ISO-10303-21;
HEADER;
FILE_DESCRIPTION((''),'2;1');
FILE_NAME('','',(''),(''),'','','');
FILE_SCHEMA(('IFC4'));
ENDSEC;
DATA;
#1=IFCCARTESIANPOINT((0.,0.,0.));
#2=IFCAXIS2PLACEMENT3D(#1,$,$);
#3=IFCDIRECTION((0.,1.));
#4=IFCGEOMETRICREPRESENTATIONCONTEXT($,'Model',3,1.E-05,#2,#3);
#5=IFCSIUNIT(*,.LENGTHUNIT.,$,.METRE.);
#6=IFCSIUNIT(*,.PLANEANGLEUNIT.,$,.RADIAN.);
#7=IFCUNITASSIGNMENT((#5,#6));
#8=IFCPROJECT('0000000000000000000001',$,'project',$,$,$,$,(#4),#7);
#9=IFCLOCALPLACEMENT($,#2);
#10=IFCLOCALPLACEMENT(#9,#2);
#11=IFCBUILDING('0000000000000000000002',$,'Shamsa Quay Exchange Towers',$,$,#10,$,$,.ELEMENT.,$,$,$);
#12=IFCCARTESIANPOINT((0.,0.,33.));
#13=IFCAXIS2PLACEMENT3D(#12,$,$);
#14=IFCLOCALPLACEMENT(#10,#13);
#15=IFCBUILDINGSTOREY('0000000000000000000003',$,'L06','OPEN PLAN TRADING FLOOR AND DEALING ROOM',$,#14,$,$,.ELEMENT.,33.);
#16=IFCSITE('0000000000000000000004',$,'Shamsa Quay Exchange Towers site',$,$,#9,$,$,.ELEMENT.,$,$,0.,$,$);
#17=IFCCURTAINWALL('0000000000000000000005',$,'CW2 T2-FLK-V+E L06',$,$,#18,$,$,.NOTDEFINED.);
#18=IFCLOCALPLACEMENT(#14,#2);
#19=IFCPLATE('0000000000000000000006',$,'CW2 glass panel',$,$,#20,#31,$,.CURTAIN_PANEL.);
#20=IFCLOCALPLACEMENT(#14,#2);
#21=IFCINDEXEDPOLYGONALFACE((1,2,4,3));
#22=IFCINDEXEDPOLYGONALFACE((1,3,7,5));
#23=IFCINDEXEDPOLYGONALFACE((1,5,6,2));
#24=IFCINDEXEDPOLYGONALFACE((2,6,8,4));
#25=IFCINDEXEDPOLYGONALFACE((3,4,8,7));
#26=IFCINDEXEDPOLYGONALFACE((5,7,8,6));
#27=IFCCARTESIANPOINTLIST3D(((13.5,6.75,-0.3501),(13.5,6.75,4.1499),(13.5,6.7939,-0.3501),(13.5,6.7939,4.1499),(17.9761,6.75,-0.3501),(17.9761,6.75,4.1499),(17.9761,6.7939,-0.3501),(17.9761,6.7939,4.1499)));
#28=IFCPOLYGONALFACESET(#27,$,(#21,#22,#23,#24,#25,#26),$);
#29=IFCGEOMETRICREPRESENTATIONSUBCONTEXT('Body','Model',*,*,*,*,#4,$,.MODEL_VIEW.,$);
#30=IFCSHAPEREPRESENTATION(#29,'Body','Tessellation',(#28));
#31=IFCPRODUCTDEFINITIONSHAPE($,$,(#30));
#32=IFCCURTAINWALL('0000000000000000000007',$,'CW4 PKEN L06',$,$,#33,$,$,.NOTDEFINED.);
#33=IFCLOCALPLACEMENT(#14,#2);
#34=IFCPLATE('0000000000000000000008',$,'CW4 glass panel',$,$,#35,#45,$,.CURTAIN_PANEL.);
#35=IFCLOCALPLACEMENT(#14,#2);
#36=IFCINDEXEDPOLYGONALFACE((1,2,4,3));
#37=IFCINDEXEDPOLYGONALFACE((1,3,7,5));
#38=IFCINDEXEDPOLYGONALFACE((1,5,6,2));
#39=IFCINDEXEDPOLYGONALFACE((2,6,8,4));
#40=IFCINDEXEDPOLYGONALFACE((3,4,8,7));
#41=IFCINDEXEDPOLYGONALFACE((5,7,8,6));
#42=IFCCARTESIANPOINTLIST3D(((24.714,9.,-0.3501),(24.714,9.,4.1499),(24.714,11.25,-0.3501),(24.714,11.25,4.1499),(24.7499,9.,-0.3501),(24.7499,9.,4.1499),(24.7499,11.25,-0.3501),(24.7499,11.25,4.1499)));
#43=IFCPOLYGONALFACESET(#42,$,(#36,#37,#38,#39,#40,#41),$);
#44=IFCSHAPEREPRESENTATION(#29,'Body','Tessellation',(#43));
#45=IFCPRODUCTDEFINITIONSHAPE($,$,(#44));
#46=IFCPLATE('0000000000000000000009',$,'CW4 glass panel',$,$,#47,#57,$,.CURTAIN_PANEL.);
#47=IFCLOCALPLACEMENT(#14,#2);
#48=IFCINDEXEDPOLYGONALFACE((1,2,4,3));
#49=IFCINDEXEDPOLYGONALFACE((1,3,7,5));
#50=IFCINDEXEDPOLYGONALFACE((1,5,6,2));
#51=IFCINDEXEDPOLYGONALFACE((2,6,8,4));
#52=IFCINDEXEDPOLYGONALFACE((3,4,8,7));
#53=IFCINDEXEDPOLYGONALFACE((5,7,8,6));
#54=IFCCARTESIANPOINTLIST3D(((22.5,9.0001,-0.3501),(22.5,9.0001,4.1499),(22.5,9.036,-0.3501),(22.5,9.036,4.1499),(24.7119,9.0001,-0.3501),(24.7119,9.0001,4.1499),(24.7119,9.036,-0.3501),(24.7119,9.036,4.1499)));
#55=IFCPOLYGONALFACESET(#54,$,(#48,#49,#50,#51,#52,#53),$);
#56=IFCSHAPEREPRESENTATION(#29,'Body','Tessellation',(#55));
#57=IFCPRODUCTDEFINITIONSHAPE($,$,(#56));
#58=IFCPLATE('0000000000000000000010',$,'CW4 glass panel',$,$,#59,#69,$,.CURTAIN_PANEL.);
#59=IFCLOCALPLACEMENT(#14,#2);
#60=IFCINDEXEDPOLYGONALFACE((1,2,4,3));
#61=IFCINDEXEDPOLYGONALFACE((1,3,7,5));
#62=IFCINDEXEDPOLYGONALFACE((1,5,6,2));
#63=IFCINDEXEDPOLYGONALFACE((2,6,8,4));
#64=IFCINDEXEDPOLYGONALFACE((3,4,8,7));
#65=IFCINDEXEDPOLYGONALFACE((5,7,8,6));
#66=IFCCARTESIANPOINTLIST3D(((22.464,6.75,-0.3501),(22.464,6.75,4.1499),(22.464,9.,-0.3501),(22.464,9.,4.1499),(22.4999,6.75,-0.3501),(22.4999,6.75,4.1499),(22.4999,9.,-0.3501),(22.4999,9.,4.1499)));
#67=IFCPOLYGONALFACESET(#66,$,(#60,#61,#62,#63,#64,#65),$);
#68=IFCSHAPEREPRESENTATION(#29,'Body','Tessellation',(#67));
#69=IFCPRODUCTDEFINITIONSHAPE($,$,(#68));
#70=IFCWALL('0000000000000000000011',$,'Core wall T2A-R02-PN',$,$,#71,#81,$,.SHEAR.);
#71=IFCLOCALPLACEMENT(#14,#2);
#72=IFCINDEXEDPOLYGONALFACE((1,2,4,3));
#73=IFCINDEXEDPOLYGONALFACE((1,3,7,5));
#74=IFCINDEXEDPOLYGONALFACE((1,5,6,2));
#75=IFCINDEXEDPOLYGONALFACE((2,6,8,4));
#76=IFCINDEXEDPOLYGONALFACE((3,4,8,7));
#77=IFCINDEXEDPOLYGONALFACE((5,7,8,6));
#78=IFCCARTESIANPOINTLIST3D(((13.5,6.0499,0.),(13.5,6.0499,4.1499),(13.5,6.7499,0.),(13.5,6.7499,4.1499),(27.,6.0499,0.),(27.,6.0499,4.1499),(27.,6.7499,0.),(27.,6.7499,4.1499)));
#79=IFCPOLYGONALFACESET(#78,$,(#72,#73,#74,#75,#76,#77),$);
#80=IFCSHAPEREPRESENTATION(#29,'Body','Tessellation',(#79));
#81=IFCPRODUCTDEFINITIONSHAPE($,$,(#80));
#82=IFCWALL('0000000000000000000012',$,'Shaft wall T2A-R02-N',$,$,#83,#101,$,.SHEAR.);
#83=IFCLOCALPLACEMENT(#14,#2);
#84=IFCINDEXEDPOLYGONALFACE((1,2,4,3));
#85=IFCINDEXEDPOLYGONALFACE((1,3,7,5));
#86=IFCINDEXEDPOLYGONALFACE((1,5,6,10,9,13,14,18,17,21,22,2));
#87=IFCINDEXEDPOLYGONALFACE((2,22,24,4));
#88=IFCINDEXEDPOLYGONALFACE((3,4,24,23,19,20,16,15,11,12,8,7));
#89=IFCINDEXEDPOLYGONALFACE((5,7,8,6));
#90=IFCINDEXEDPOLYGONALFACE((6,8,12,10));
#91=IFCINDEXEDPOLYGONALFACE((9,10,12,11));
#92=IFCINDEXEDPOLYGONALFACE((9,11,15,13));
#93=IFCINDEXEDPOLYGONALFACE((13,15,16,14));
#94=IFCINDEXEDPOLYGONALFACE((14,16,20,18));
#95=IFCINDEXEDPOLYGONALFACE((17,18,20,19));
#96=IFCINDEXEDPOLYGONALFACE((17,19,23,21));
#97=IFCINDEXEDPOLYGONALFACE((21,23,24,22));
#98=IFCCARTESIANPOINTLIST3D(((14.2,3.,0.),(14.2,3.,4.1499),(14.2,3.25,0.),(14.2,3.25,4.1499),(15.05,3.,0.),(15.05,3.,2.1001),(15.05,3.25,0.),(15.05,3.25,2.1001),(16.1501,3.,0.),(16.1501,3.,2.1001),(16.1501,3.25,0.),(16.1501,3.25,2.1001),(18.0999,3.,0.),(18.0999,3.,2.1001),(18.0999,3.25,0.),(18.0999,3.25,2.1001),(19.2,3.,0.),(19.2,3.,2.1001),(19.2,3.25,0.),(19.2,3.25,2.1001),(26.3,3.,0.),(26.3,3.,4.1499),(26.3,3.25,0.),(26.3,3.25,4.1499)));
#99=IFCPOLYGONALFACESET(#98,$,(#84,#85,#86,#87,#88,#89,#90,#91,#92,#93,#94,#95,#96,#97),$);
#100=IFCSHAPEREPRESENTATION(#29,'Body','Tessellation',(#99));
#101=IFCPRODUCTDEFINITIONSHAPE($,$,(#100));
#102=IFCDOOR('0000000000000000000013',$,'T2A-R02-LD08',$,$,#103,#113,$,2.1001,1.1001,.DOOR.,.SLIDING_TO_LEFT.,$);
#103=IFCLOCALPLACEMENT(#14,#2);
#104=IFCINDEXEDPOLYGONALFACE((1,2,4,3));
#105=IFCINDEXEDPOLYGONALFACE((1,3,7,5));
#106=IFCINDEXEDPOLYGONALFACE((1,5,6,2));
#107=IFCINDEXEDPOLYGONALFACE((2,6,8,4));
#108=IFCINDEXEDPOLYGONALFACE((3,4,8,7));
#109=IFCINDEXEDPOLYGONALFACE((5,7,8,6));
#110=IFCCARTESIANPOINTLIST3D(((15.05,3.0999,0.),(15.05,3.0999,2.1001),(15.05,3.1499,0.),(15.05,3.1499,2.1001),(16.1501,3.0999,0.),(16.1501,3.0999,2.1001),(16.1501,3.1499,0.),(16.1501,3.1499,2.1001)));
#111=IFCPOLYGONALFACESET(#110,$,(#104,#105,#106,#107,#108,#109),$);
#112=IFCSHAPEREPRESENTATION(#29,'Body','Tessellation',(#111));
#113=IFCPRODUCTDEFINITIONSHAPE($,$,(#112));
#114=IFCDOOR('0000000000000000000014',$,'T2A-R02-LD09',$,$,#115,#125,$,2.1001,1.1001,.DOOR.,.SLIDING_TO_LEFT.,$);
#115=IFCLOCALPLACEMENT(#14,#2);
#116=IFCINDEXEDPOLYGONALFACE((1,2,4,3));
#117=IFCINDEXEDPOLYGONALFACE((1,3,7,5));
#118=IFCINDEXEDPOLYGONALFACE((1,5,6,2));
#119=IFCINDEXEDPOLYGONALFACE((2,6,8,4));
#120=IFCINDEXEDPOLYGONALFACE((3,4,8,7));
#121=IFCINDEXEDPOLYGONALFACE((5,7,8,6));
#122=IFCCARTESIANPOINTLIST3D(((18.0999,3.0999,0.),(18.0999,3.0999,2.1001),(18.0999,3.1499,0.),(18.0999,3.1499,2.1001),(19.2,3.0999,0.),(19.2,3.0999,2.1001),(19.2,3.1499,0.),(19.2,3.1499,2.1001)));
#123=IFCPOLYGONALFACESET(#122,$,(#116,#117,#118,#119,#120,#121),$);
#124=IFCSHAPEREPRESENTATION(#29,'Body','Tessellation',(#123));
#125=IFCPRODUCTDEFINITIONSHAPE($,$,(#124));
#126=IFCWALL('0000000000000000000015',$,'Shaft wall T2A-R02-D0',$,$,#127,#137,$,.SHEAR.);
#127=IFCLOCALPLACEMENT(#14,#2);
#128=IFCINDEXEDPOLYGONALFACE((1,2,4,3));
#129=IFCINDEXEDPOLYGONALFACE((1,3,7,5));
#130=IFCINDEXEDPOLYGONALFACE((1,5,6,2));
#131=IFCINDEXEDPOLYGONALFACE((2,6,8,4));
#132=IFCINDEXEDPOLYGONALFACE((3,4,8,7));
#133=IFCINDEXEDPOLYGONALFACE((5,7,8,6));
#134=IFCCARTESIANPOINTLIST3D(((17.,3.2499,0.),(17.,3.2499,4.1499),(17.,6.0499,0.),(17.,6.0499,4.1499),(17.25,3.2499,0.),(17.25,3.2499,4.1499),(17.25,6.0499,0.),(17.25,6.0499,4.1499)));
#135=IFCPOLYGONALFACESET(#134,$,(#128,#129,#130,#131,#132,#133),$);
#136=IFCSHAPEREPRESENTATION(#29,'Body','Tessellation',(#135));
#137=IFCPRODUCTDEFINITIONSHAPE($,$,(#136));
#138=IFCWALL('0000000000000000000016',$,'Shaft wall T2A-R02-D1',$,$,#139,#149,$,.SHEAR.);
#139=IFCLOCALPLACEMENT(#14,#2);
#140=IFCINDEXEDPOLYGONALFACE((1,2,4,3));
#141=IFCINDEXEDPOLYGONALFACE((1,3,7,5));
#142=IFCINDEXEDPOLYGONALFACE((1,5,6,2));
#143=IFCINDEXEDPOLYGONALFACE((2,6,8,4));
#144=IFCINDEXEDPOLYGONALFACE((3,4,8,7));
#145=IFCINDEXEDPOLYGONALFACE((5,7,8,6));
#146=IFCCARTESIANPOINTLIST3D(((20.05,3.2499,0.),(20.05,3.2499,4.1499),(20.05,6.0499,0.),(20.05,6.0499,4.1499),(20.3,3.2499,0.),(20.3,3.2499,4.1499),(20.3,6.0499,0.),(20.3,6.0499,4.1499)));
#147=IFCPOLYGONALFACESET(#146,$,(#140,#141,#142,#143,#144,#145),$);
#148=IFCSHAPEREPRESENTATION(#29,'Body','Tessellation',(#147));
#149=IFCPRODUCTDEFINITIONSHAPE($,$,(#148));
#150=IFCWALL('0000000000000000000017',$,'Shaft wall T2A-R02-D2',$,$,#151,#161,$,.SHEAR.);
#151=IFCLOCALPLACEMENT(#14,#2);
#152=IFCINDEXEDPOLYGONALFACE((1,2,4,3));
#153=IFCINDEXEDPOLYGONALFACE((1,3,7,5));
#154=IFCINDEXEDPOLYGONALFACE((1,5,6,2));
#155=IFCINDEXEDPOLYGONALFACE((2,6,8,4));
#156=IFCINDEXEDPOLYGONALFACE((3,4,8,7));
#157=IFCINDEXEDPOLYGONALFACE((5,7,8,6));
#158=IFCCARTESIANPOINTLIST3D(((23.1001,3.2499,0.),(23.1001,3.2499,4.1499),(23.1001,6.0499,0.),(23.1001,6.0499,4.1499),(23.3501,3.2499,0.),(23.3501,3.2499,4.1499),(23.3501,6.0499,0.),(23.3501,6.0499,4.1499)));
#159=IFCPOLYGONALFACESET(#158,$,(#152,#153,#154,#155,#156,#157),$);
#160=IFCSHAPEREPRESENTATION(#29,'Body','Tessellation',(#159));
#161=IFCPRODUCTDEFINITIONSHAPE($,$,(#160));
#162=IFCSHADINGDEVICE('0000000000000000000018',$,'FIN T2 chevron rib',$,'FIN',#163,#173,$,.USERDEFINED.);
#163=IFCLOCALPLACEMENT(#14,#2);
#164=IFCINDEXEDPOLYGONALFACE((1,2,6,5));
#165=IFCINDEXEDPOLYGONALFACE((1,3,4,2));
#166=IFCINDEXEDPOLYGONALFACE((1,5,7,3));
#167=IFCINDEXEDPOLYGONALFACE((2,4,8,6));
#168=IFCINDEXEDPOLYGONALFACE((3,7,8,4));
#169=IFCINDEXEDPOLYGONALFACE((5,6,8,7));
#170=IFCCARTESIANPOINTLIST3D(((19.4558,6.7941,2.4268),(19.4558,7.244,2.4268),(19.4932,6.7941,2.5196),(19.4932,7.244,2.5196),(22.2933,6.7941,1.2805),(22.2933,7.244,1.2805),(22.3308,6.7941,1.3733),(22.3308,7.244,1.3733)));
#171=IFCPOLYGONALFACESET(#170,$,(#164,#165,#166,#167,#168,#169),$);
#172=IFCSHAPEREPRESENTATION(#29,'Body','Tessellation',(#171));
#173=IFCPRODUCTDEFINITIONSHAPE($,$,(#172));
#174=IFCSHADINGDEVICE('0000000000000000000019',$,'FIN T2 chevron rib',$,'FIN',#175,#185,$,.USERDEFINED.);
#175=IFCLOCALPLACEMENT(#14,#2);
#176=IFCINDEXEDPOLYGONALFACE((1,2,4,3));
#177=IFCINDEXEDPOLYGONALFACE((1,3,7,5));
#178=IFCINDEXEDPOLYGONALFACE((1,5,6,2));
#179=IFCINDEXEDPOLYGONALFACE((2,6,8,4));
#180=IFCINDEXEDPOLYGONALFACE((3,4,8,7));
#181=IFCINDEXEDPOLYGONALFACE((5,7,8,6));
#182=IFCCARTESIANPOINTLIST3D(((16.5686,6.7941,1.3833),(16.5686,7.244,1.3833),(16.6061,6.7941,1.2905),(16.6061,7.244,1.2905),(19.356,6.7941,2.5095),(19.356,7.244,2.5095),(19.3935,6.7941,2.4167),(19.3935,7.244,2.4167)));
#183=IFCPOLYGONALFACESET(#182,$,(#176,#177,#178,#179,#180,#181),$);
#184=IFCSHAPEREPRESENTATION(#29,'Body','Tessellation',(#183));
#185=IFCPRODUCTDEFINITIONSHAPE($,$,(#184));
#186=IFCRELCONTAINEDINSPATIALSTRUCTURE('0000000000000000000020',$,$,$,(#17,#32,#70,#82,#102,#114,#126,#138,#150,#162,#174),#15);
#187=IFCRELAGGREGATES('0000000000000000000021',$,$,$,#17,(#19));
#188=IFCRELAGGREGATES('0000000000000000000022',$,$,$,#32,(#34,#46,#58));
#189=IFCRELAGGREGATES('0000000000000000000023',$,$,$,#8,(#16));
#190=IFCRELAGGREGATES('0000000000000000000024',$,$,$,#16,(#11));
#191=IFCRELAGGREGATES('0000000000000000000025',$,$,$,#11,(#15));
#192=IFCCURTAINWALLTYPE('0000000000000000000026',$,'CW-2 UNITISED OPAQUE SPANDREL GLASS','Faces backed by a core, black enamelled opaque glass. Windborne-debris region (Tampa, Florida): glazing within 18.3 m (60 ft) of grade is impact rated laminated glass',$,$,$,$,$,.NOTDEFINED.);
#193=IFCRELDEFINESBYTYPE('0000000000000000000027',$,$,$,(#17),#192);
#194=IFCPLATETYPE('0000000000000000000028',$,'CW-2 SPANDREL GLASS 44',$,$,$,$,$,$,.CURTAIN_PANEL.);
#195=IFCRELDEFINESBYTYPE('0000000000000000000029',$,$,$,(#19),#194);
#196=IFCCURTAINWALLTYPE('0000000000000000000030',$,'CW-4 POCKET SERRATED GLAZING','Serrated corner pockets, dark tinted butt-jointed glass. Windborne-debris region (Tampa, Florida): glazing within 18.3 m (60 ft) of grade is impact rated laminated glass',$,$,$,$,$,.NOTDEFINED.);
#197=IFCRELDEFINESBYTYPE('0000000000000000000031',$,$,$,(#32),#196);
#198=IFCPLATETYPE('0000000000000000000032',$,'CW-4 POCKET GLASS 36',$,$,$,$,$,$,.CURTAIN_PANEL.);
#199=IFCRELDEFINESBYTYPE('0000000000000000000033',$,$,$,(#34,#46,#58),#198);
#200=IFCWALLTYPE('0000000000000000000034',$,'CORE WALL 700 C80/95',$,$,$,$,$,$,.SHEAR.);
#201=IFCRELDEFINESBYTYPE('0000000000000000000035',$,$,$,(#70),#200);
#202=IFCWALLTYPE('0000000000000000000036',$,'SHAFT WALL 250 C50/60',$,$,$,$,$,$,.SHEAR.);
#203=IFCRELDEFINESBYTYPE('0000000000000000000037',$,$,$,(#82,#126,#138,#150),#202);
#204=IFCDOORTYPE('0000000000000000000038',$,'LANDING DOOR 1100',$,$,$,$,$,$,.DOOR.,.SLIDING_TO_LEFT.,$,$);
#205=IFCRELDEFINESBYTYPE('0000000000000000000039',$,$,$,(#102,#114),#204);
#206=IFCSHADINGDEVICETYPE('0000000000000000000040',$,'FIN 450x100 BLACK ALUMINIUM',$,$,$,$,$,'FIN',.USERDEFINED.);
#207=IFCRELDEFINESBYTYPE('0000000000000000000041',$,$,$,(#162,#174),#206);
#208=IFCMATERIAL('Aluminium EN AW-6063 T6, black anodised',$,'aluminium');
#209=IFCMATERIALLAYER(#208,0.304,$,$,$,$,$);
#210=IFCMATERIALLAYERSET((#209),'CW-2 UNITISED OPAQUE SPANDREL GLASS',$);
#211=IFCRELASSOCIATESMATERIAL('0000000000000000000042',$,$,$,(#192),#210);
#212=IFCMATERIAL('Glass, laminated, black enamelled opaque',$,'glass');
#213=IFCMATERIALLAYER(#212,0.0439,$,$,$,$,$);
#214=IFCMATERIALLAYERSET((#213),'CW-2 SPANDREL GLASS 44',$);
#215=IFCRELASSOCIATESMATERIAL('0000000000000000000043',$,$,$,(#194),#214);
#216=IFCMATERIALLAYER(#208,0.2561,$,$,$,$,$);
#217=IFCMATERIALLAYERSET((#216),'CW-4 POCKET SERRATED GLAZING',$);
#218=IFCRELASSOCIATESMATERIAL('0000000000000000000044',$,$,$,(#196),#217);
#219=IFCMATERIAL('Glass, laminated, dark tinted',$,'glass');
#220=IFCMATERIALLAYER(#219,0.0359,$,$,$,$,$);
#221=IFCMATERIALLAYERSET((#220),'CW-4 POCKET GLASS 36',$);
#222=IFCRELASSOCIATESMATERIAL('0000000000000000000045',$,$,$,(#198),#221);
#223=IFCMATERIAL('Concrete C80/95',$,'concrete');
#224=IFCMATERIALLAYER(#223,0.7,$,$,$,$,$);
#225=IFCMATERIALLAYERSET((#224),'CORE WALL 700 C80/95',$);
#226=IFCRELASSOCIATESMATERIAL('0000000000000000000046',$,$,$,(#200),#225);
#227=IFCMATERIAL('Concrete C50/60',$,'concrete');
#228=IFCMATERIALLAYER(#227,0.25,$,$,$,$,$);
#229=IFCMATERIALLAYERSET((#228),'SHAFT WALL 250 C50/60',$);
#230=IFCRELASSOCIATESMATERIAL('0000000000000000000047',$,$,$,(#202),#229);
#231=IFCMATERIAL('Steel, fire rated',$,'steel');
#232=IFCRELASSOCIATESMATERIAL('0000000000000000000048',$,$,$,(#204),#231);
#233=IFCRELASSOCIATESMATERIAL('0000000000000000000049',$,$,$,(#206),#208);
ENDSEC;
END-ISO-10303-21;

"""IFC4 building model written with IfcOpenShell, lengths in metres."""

from ifc_helpers import new_model, si_unit, direction, frame, frame_2d, origin, origin_2d, place, context, subcontext, project, spatial, rectangle, extrude, material, layer, layer_set, material_profile, profile_set, type_object, element, fill, aggregate, save


model = new_model("IFC4")

# Units and contexts
model_context = context("Model", 3, precision=1e-05, world=origin(), true_north=direction((0.0, 1.0)))
body_context = subcontext(model_context, "Body", "Model", "MODEL_VIEW")
ifc_project = project(units=[si_unit("LENGTHUNIT", "METRE"), si_unit("PLANEANGLEUNIT", "RADIAN")], contexts=[model_context])

# Site, building, storey
site_placement = place(None, origin())
site = spatial("IfcSite", under=ifc_project, at=site_placement, Name="Shamsa Quay Exchange Towers site", CompositionType="ELEMENT", RefElevation=0.0)
building_placement = place(site_placement, origin())
building = spatial("IfcBuilding", under=site, at=building_placement, Name="Shamsa Quay Exchange Towers", CompositionType="ELEMENT")
storey_placement = place(building_placement, frame((0.0, 0.0, 33.0)))
storey = spatial("IfcBuildingStorey", under=building, at=storey_placement, Name="L06", Description="OPEN PLAN TRADING FLOOR AND DEALING ROOM", CompositionType="ELEMENT", Elevation=33.0)

# Shared definitions
ifc_material_1 = material(Name="Aluminium EN AW-6063 T6, black anodised", Category="aluminium")

# Shared definitions
ifc_material_2 = material(Name="Concrete C50/60", Category="concrete")

# Shared definitions
ifc_material_3 = material(Name="Glass, laminated, dark tinted", Category="glass")

# Curtain walls, plates
ifc_layer_1 = layer(ifc_material_1, 0.304)
ifc_layer_set_1 = layer_set([ifc_layer_1], Name="CW-2 UNITISED OPAQUE SPANDREL GLASS")
curtain_wall_type_1 = type_object("IfcCurtainWallType", Name="CW-2 UNITISED OPAQUE SPANDREL GLASS", Description="Faces backed by a core, black enamelled opaque glass. Windborne-debris region (Tampa, Florida): glazing within 18.3 m (60 ft) of grade is impact rated laminated glass", PredefinedType="NOTDEFINED", material=ifc_layer_set_1)
curtain_wall_1_placement = place(storey_placement, origin())
curtain_wall_1 = element("IfcCurtainWall", 1, at=curtain_wall_1_placement, inside=storey, type_object=curtain_wall_type_1, Name="CW2 T2-FLK-V+E L06", PredefinedType="NOTDEFINED")
ifc_material_4 = material(Name="Glass, laminated, black enamelled opaque", Category="glass")
ifc_layer_2 = layer(ifc_material_4, 0.0439)
ifc_layer_set_2 = layer_set([ifc_layer_2], Name="CW-2 SPANDREL GLASS 44")
plate_type_1 = type_object("IfcPlateType", Name="CW-2 SPANDREL GLASS 44", PredefinedType="CURTAIN_PANEL", material=ifc_layer_set_2)
plate_1_placement = place(storey_placement, frame((15.738, 6.772, -0.3501), z_axis=(0.0, 0.0, 1.0), x_axis=(-1.0, 0.0, 0.0)))
plate_1 = element("IfcPlate", 2, at=plate_1_placement, type_object=plate_type_1, Name="CW2 glass panel", PredefinedType="CURTAIN_PANEL", context=body_context, shape_type="SweptSolid", body=[
    extrude(rectangle(XDim=4.4761, YDim=0.0439, at=origin_2d()), origin(), (0.0, 0.0, 1.0), 4.5),
])
aggregate(curtain_wall_1, [plate_1])
ifc_layer_3 = layer(ifc_material_1, 0.2561)
ifc_layer_set_3 = layer_set([ifc_layer_3], Name="CW-4 POCKET SERRATED GLAZING")
curtain_wall_type_2 = type_object("IfcCurtainWallType", Name="CW-4 POCKET SERRATED GLAZING", Description="Serrated corner pockets, dark tinted butt-jointed glass. Windborne-debris region (Tampa, Florida): glazing within 18.3 m (60 ft) of grade is impact rated laminated glass", PredefinedType="NOTDEFINED", material=ifc_layer_set_3)
curtain_wall_2_placement = place(storey_placement, origin())
curtain_wall_2 = element("IfcCurtainWall", 3, at=curtain_wall_2_placement, inside=storey, type_object=curtain_wall_type_2, Name="CW4 PKEN L06", PredefinedType="NOTDEFINED")
ifc_layer_4 = layer(ifc_material_3, 0.0359)
ifc_layer_set_4 = layer_set([ifc_layer_4], Name="CW-4 POCKET GLASS 36")
plate_type_2 = type_object("IfcPlateType", Name="CW-4 POCKET GLASS 36", PredefinedType="CURTAIN_PANEL", material=ifc_layer_set_4)
plate_2_placement = place(storey_placement, frame((24.7319, 10.125, -0.3501), z_axis=(0.0, 0.0, 1.0), x_axis=(0.0, -1.0, 0.0)))
plate_2 = element("IfcPlate", 4, at=plate_2_placement, type_object=plate_type_2, Name="CW4 glass panel", PredefinedType="CURTAIN_PANEL", context=body_context, shape_type="SweptSolid", body=[
    extrude(rectangle(XDim=2.25, YDim=0.0359, at=origin_2d()), origin(), (0.0, 0.0, 1.0), 4.5),
])
plate_3_placement = place(storey_placement, frame((23.606, 9.0181, -0.3501), z_axis=(0.0, 0.0, 1.0), x_axis=(-1.0, 0.0, 0.0)))
plate_3 = element("IfcPlate", 5, at=plate_3_placement, type_object=plate_type_2, Name="CW4 glass panel", PredefinedType="CURTAIN_PANEL", context=body_context, shape_type="SweptSolid", body=[
    extrude(rectangle(XDim=2.2119, YDim=0.0359, at=origin_2d()), origin(), (0.0, 0.0, 1.0), 4.5),
])
plate_4_placement = place(storey_placement, frame((22.4819, 7.875, -0.3501), z_axis=(0.0, 0.0, 1.0), x_axis=(0.0, -1.0, 0.0)))
plate_4 = element("IfcPlate", 6, at=plate_4_placement, type_object=plate_type_2, Name="CW4 glass panel", PredefinedType="CURTAIN_PANEL", context=body_context, shape_type="SweptSolid", body=[
    extrude(rectangle(XDim=2.25, YDim=0.0359, at=origin_2d()), origin(), (0.0, 0.0, 1.0), 4.5),
])
aggregate(curtain_wall_2, [plate_2, plate_3, plate_4])

# Wall
ifc_material_5 = material(Name="Concrete C80/95", Category="concrete")
ifc_layer_5 = layer(ifc_material_5, 0.7)
ifc_layer_set_5 = layer_set([ifc_layer_5], Name="CORE WALL 700 C80/95")
wall_type_1 = type_object("IfcWallType", Name="CORE WALL 700 C80/95", PredefinedType="SHEAR", material=ifc_layer_set_5)
wall_1_placement = place(storey_placement, frame((13.5, 6.3999, 0.0)))
element("IfcWall", 7, at=wall_1_placement, inside=storey, type_object=wall_type_1, Name="Core wall T2A-R02-PN", PredefinedType="SHEAR", context=body_context, shape_type="SweptSolid", body=[
    extrude(rectangle(XDim=13.5, YDim=0.7, at=frame_2d((6.75, 0.0))), origin(), (0.0, 0.0, 1.0), 4.1499),
])

# Shared definitions
ifc_material_6 = material(Name="Steel, fire rated", Category="steel")

# Wall, openings, doors
ifc_layer_6 = layer(ifc_material_2, 0.25)
ifc_layer_set_6 = layer_set([ifc_layer_6], Name="SHAFT WALL 250 C50/60")
wall_type_2 = type_object("IfcWallType", Name="SHAFT WALL 250 C50/60", PredefinedType="SHEAR", material=ifc_layer_set_6)
wall_2_placement = place(storey_placement, frame((14.2, 3.125, 0.0)))
wall_2 = element("IfcWall", 8, at=wall_2_placement, inside=storey, type_object=wall_type_2, Name="Shaft wall T2A-R02-N", PredefinedType="SHEAR", context=body_context, shape_type="SweptSolid", body=[
    extrude(rectangle(XDim=12.1001, YDim=0.25, at=frame_2d((6.05, 0.0))), origin(), (0.0, 0.0, 1.0), 4.1499),
])
opening_1_placement = place(wall_2_placement, frame((0.8501, 0.0, 0.0)))
opening_1 = element("IfcOpeningElement", 9, at=opening_1_placement, cuts=wall_2, PredefinedType="OPENING", context=body_context, shape_type="SweptSolid", body=[
    extrude(rectangle(XDim=1.1001, YDim=2.1001, at=frame_2d((0.55, 1.05))), frame((0.0, 0.135, 0.0), z_axis=(0.0, -1.0, 0.0), x_axis=(1.0, 0.0, 0.0)), (0.0, 0.0, 1.0), 0.27),
])
opening_2_placement = place(wall_2_placement, frame((3.8999, 0.0, 0.0)))
opening_2 = element("IfcOpeningElement", 10, at=opening_2_placement, cuts=wall_2, PredefinedType="OPENING", context=body_context, shape_type="SweptSolid", body=[
    extrude(rectangle(XDim=1.1001, YDim=2.1001, at=frame_2d((0.55, 1.05))), frame((0.0, 0.135, 0.0), z_axis=(0.0, -1.0, 0.0), x_axis=(1.0, 0.0, 0.0)), (0.0, 0.0, 1.0), 0.27),
])
door_type_1 = type_object("IfcDoorType", Name="LANDING DOOR 1100", OperationType="SLIDING_TO_LEFT", PredefinedType="DOOR", material=ifc_material_6)
door_1_placement = place(opening_1_placement, origin())
door_1 = element("IfcDoor", 11, at=door_1_placement, inside=storey, type_object=door_type_1, Name="T2A-R02-LD08", OperationType="SLIDING_TO_LEFT", OverallHeight=2.1001, OverallWidth=1.1001, PredefinedType="DOOR", context=body_context, shape_type="SweptSolid", body=[
    extrude(rectangle(XDim=1.1001, YDim=2.1001, at=frame_2d((0.55, 1.05))), frame((0.0, 0.0249, 0.0), z_axis=(0.0, -1.0, 0.0), x_axis=(1.0, 0.0, 0.0)), (0.0, 0.0, 1.0), 0.05),
])
fill(opening_1, door_1)
door_2_placement = place(opening_2_placement, origin())
door_2 = element("IfcDoor", 12, at=door_2_placement, inside=storey, type_object=door_type_1, Name="T2A-R02-LD09", OperationType="SLIDING_TO_LEFT", OverallHeight=2.1001, OverallWidth=1.1001, PredefinedType="DOOR", context=body_context, shape_type="SweptSolid", body=[
    extrude(rectangle(XDim=1.1001, YDim=2.1001, at=frame_2d((0.55, 1.05))), frame((0.0, 0.0249, 0.0), z_axis=(0.0, -1.0, 0.0), x_axis=(1.0, 0.0, 0.0)), (0.0, 0.0, 1.0), 0.05),
])
fill(opening_2, door_2)

# Walls
for number, where, z_axis, x_axis, name in (
    (13, (17.125, 3.25, 0.0), (0.0, 0.0, 1.0), (0.0, 1.0, 0.0), "Shaft wall T2A-R02-D0"),
    (14, (20.175, 3.25, 0.0), (0.0, 0.0, 1.0), (0.0, 1.0, 0.0), "Shaft wall T2A-R02-D1"),
    (15, (23.2251, 3.25, 0.0), (0.0, 0.0, 1.0), (0.0, 1.0, 0.0), "Shaft wall T2A-R02-D2"),
):
    element("IfcWall", number, at=place(storey_placement, frame(where, z_axis=z_axis, x_axis=x_axis)), inside=storey, type_object=wall_type_2, Name=name, PredefinedType="SHEAR", context=body_context, shape_type="SweptSolid", body=[
        extrude(rectangle(XDim=2.8, YDim=0.25, at=frame_2d((1.3999, 0.0))), origin(), (0.0, 0.0, 1.0), 4.1499),
    ])

# Shading devices
ifc_material_profile_1 = material_profile(ifc_material_1, rectangle(XDim=0.45, YDim=0.1001, at=origin_2d()), Name="FIN450x100")
ifc_profile_set_1 = profile_set([ifc_material_profile_1], Name="Aluminium EN AW-6063 T6, black anodised")
shading_device_type = type_object("IfcShadingDeviceType", Name="FIN 450x100 BLACK ALUMINIUM", ElementType="FIN", PredefinedType="USERDEFINED", material=ifc_profile_set_1)
shading_device_1_placement = place(storey_placement, frame((22.312, 7.019, 1.3269), z_axis=(-0.9272, 0.0, 0.374566), x_axis=(0.0, -1.0, 0.0)))
element("IfcShadingDevice", 16, at=shading_device_1_placement, inside=storey, type_object=shading_device_type, Name="FIN T2 chevron rib", ObjectType="FIN", PredefinedType="USERDEFINED", context=body_context, shape_type="SweptSolid", body=[
    extrude(rectangle(XDim=0.45, YDim=0.1001, at=origin_2d()), origin(), (0.0, 0.0, 1.0), 3.0603),
])
shading_device_2_placement = place(storey_placement, frame((19.3748, 7.019, 2.4631), z_axis=(-0.927177, 0.0, -0.374623), x_axis=(0.0, -1.0, 0.0)))
element("IfcShadingDevice", 17, at=shading_device_2_placement, inside=storey, type_object=shading_device_type, Name="FIN T2 chevron rib", ObjectType="FIN", PredefinedType="USERDEFINED", context=body_context, shape_type="SweptSolid", body=[
    extrude(rectangle(XDim=0.45, YDim=0.1001, at=origin_2d()), origin(), (0.0, 0.0, 1.0), 3.0063),
])

save(model, "model.ifc")
